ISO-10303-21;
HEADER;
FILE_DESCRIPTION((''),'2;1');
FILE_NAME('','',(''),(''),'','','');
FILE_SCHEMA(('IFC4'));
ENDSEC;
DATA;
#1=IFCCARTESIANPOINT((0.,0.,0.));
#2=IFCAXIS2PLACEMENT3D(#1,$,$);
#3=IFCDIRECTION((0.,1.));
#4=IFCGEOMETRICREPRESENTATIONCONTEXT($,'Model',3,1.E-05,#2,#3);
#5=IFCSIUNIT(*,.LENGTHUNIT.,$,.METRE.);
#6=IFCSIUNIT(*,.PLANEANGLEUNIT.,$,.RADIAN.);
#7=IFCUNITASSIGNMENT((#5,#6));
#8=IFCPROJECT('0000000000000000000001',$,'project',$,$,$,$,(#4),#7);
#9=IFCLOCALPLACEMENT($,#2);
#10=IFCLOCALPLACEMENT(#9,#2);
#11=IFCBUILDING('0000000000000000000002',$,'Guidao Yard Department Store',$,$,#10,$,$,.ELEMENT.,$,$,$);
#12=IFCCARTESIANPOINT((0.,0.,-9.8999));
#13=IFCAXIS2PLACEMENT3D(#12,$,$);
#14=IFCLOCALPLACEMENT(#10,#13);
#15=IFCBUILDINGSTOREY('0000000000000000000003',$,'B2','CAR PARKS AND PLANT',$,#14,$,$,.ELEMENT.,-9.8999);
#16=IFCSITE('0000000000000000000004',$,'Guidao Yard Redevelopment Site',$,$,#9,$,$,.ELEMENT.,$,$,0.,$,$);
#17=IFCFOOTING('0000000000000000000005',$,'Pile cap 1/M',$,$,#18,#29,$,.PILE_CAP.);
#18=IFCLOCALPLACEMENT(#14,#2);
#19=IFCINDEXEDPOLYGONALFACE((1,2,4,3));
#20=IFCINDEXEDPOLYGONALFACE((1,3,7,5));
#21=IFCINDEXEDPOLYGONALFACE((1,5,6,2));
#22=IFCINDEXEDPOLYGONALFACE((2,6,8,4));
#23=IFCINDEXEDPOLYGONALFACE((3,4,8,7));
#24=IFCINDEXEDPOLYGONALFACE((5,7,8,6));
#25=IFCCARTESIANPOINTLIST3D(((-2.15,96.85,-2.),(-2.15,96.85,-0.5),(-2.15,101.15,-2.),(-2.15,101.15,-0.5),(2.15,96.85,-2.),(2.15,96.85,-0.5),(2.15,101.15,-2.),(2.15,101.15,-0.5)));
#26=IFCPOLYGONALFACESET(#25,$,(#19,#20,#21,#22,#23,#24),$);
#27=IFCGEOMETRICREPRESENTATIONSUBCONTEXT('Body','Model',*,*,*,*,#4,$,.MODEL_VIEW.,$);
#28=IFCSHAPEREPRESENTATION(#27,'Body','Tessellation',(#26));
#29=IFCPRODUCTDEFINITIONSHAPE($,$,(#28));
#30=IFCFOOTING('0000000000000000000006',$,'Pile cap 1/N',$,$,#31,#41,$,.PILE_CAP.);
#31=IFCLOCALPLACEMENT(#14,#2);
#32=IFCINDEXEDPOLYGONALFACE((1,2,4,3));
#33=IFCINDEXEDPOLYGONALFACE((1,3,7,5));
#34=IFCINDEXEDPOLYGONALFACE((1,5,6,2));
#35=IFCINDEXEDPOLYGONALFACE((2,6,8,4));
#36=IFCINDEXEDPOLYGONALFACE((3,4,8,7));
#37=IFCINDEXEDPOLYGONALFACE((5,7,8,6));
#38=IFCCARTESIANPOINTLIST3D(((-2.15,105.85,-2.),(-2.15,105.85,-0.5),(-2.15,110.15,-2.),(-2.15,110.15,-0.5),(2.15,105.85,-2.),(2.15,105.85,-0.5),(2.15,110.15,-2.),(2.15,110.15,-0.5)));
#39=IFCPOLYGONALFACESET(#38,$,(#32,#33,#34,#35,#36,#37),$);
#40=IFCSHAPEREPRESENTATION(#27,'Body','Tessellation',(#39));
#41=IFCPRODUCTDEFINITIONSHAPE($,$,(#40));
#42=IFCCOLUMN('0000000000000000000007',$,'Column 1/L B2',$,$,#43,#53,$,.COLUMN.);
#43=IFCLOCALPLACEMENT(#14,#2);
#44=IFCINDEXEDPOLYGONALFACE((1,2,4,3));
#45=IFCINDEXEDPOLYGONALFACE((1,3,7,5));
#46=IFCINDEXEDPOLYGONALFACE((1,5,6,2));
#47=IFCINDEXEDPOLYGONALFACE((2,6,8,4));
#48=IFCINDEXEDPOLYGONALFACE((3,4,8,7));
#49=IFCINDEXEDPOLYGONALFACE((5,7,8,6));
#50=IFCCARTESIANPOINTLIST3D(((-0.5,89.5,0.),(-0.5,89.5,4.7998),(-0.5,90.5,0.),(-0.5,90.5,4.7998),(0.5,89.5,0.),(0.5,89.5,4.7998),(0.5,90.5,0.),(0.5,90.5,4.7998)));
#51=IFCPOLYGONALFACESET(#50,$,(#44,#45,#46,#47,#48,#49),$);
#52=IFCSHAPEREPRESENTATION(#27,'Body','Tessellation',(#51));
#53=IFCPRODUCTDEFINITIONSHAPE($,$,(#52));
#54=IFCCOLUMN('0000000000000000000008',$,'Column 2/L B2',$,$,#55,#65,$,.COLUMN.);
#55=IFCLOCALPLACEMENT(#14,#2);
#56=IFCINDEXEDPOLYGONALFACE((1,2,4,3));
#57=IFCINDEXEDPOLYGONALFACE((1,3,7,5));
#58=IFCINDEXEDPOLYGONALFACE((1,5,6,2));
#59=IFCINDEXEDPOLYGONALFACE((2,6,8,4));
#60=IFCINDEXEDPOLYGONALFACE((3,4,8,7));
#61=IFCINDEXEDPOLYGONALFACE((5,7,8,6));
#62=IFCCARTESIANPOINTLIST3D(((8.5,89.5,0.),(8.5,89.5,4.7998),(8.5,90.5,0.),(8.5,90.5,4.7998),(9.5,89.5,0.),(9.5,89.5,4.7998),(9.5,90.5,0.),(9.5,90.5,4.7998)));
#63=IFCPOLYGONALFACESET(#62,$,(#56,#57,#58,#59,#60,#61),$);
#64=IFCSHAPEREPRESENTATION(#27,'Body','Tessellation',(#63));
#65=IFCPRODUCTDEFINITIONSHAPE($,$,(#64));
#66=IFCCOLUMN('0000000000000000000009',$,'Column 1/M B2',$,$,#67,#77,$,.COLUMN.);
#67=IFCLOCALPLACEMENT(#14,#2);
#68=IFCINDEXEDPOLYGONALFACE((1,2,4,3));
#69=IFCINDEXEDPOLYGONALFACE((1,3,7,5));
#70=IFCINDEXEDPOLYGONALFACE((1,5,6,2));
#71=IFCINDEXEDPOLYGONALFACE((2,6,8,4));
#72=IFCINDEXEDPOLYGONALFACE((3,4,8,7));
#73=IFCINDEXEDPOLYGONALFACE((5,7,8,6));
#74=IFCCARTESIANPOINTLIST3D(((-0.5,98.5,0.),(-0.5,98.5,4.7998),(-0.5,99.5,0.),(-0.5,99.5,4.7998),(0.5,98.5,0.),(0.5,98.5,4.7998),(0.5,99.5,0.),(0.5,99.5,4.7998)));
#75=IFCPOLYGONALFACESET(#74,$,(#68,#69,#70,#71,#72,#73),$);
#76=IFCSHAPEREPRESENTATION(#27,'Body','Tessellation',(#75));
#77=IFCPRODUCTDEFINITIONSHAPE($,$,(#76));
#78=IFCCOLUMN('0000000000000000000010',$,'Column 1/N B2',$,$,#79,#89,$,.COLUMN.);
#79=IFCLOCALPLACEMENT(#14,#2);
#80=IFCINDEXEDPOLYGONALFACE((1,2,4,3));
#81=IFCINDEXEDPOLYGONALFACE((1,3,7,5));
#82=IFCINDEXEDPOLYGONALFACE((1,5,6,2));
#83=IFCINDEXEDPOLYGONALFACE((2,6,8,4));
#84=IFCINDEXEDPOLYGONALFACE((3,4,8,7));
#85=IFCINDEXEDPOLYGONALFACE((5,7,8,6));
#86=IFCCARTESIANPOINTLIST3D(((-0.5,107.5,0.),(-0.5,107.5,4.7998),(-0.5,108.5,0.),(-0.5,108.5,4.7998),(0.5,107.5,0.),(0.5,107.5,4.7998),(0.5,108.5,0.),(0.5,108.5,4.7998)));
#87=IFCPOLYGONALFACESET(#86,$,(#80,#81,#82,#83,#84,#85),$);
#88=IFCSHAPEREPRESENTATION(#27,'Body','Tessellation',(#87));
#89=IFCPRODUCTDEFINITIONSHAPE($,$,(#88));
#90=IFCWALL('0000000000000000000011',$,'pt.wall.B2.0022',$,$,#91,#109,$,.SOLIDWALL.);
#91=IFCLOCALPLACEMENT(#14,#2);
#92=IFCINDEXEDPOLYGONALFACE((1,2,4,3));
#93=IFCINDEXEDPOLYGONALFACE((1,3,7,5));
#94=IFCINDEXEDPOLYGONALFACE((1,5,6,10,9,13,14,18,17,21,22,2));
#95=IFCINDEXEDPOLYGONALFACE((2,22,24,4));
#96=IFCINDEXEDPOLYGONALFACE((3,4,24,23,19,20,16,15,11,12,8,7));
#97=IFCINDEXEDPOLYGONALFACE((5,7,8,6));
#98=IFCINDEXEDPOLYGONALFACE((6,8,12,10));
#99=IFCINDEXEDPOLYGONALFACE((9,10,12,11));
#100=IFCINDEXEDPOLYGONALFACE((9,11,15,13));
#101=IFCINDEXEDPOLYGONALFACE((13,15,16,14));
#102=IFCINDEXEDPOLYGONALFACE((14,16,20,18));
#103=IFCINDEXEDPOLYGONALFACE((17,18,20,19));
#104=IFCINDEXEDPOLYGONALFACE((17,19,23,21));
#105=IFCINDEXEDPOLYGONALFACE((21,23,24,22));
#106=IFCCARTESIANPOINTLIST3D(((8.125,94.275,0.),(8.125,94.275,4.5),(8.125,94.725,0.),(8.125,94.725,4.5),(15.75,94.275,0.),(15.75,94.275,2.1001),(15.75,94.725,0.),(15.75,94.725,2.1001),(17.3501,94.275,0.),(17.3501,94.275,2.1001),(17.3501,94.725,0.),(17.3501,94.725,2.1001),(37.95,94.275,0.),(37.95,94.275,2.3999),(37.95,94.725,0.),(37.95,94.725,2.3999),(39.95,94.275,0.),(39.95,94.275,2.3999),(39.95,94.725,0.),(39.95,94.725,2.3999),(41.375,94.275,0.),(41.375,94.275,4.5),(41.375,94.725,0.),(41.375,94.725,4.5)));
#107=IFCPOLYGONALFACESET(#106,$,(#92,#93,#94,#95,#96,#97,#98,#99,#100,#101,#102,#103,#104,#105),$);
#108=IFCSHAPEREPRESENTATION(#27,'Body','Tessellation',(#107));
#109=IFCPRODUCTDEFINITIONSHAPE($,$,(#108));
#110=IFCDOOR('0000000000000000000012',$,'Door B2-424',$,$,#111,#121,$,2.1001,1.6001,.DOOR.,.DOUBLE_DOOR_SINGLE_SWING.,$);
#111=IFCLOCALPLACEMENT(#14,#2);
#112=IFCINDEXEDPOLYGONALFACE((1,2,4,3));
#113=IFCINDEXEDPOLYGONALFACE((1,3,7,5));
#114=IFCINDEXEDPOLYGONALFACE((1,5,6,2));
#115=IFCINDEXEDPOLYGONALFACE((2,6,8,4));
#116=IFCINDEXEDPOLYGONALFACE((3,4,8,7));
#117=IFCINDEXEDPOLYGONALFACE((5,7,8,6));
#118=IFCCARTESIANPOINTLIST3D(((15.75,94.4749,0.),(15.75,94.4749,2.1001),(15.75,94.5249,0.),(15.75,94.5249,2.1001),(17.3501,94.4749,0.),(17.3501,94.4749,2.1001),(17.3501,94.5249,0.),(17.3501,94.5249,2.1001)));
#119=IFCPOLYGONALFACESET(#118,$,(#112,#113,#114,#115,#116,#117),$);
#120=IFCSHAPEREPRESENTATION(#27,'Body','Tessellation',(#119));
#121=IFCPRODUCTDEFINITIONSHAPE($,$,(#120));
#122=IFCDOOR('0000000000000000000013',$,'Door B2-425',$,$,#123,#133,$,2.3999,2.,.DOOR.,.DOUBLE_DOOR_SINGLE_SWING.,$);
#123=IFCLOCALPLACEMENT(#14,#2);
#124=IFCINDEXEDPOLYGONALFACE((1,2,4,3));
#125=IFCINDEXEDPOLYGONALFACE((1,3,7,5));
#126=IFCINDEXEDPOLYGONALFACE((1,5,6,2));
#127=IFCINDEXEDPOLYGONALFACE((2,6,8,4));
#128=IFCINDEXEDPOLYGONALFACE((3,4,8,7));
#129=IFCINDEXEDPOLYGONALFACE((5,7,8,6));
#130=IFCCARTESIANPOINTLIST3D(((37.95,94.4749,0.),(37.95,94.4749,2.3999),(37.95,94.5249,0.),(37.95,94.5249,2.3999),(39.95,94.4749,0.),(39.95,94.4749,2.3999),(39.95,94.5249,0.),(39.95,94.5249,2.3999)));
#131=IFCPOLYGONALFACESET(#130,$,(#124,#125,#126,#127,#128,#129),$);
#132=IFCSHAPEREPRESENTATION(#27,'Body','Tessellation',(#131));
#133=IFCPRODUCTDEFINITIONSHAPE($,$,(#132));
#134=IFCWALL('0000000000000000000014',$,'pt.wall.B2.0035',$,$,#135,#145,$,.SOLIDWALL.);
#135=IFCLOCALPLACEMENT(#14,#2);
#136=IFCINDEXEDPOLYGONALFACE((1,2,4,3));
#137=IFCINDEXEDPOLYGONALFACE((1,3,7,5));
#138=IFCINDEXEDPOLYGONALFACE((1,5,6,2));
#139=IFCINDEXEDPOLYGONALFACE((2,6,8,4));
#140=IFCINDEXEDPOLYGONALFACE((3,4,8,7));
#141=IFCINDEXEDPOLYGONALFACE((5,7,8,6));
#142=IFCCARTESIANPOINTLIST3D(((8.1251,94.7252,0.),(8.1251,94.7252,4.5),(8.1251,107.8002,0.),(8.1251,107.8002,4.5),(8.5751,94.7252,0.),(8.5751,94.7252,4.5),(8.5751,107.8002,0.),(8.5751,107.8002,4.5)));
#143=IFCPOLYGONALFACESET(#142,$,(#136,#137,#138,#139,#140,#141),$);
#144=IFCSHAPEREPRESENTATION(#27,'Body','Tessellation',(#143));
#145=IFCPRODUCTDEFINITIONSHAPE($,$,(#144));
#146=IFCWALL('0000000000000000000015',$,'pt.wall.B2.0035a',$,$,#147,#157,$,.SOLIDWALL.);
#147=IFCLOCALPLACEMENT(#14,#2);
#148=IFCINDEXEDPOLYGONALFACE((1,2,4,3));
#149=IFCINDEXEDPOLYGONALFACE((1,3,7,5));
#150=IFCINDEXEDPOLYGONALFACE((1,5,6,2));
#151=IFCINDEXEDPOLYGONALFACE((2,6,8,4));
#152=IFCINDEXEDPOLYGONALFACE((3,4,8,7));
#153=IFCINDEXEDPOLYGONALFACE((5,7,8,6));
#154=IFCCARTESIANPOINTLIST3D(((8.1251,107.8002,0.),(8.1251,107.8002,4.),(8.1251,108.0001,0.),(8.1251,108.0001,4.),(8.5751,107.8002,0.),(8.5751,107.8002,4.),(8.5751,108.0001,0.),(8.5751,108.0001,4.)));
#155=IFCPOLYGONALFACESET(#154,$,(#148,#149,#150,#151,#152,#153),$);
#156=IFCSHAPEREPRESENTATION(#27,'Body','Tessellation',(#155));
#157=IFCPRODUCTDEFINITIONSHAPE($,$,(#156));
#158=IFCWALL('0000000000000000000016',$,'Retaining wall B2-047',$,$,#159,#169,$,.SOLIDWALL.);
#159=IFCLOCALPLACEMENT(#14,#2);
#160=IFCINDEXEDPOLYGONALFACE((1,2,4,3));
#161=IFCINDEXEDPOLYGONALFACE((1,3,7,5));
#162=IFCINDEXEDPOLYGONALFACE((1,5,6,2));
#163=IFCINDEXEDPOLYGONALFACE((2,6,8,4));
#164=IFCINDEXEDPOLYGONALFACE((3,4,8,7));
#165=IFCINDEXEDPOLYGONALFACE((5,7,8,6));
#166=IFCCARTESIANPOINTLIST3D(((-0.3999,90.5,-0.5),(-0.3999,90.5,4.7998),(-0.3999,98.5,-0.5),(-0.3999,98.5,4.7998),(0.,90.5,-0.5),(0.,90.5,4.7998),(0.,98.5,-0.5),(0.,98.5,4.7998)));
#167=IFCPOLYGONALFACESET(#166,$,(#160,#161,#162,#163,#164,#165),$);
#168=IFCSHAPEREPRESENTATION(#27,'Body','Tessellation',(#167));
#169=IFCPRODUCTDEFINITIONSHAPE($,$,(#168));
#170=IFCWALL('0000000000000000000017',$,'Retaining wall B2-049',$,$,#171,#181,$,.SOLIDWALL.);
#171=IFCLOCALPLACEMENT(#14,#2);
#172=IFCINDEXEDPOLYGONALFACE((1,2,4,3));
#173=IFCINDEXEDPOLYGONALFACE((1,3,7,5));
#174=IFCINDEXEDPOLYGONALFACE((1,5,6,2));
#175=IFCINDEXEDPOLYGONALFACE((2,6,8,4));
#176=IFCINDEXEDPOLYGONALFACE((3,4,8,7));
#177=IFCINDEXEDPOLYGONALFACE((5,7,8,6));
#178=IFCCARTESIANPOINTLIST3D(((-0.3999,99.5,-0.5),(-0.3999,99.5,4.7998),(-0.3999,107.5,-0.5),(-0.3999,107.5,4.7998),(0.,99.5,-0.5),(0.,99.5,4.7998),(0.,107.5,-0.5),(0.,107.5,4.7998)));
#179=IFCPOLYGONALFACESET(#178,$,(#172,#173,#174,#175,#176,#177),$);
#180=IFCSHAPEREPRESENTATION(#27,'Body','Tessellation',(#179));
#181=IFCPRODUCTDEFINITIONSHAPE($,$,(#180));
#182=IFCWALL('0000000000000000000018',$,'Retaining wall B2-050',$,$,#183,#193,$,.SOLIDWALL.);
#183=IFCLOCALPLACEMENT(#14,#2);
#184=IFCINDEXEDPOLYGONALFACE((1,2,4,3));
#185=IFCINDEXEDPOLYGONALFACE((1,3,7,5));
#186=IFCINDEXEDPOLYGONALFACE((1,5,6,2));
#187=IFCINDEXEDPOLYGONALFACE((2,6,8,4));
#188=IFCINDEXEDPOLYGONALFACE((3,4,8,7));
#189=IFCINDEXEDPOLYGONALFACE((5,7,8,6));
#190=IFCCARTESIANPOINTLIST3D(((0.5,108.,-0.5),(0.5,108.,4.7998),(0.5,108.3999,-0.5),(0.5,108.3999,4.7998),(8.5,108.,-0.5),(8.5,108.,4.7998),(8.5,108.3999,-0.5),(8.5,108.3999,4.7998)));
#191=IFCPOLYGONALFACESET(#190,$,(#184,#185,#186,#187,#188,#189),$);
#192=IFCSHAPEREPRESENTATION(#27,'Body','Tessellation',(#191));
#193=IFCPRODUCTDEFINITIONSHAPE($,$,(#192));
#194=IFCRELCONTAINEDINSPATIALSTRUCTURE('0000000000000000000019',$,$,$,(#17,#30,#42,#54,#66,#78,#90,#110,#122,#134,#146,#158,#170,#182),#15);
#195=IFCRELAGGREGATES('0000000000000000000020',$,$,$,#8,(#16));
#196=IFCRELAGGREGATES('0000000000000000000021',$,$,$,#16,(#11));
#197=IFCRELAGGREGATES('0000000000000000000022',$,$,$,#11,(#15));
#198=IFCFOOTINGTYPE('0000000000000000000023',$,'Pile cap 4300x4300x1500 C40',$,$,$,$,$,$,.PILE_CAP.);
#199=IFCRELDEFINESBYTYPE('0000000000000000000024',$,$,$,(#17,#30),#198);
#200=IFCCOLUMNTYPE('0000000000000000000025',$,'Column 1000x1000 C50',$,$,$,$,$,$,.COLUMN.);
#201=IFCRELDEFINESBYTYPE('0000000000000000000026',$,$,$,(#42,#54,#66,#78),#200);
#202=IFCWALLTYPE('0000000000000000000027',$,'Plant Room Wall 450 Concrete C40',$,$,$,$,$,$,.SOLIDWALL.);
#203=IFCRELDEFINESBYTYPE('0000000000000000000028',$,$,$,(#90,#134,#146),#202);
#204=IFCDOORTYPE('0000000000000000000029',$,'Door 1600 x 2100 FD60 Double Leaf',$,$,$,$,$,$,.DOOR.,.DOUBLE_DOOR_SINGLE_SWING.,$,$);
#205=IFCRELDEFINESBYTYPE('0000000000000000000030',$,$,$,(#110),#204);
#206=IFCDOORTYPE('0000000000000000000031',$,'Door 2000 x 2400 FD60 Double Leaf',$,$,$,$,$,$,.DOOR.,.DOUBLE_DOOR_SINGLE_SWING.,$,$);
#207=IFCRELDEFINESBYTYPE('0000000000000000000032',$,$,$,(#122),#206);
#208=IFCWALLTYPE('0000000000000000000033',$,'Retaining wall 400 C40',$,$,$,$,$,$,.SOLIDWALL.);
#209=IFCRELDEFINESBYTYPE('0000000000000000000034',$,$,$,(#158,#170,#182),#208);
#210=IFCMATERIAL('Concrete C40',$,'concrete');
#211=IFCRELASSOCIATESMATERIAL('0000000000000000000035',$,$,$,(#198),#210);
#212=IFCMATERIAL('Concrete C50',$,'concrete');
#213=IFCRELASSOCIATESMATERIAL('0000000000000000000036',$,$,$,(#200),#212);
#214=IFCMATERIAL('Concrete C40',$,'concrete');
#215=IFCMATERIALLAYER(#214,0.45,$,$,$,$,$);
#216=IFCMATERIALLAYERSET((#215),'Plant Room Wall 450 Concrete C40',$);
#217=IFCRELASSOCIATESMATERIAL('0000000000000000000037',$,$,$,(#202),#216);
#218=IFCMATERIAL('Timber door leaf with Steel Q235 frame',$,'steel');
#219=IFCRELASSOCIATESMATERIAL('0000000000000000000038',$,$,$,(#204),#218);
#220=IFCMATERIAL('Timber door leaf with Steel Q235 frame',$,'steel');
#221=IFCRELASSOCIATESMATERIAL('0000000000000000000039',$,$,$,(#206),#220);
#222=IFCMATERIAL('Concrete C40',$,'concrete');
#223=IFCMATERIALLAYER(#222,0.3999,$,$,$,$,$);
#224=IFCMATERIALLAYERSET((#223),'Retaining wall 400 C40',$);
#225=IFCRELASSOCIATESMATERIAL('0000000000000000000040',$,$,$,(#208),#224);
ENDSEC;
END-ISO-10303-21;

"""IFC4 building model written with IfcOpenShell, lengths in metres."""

from ifc_helpers import new_model, si_unit, direction, frame, frame_2d, origin, origin_2d, place, context, subcontext, project, spatial, rectangle, extrude, material, layer, layer_set, material_profile, profile_set, type_object, element, fill, save


model = new_model("IFC4")

# Units and contexts
model_context = context("Model", 3, precision=1e-05, world=origin(), true_north=direction((0.0, 1.0)))
body_context = subcontext(model_context, "Body", "Model", "MODEL_VIEW")
ifc_project = project(units=[si_unit("LENGTHUNIT", "METRE"), si_unit("PLANEANGLEUNIT", "RADIAN")], contexts=[model_context])

# Site, building, storey
site_placement = place(None, origin())
site = spatial("IfcSite", under=ifc_project, at=site_placement, Name="Guidao Yard Redevelopment Site", CompositionType="ELEMENT", RefElevation=0.0)
building_placement = place(site_placement, origin())
building = spatial("IfcBuilding", under=site, at=building_placement, Name="Guidao Yard Department Store", CompositionType="ELEMENT")
storey_placement = place(building_placement, frame((0.0, 0.0, -9.8999)))
storey = spatial("IfcBuildingStorey", under=building, at=storey_placement, Name="B2", Description="CAR PARKS AND PLANT", CompositionType="ELEMENT", Elevation=-9.8999)

# Footings
ifc_material_1 = material(Name="Concrete C40", Category="concrete")
footing_type = type_object("IfcFootingType", Name="Pile cap 4300x4300x1500 C40", PredefinedType="PILE_CAP", material=ifc_material_1)
for number, where, z_axis, x_axis, name in (
    (1, (0.0, 99.0, -2.0), (0.0, 0.0, 1.0), (1.0, 0.0, 0.0), "Pile cap 1/M"),
    (2, (0.0, 108.0, -2.0), (0.0, 0.0, 1.0), (1.0, 0.0, 0.0), "Pile cap 1/N"),
):
    element("IfcFooting", number, at=place(storey_placement, frame(where, z_axis=z_axis, x_axis=x_axis)), inside=storey, type_object=footing_type, Name=name, PredefinedType="PILE_CAP", context=body_context, shape_type="SweptSolid", body=[
        extrude(rectangle(XDim=4.3, YDim=4.3, at=origin_2d()), origin(), (0.0, 0.0, 1.0), 1.5),
    ])

# Columns
ifc_material_2 = material(Name="Concrete C50", Category="concrete")
ifc_material_profile_1 = material_profile(ifc_material_2, rectangle(XDim=1.0, YDim=1.0, at=origin_2d()), Name="COL 1000x1000")
ifc_profile_set_1 = profile_set([ifc_material_profile_1], Name="Concrete C50")
column_type = type_object("IfcColumnType", Name="Column 1000x1000 C50", PredefinedType="COLUMN", material=ifc_profile_set_1)
for number, where, z_axis, x_axis, name in (
    (3, (0.0, 90.0, 0.0), (0.0, 0.0, 1.0), (1.0, 0.0, 0.0), "Column 1/L B2"),
    (4, (9.0, 90.0, 0.0), (0.0, 0.0, 1.0), (1.0, 0.0, 0.0), "Column 2/L B2"),
    (5, (0.0, 99.0, 0.0), (0.0, 0.0, 1.0), (1.0, 0.0, 0.0), "Column 1/M B2"),
    (6, (0.0, 108.0, 0.0), (0.0, 0.0, 1.0), (1.0, 0.0, 0.0), "Column 1/N B2"),
):
    element("IfcColumn", number, at=place(storey_placement, frame(where, z_axis=z_axis, x_axis=x_axis)), inside=storey, type_object=column_type, Name=name, PredefinedType="COLUMN", context=body_context, shape_type="SweptSolid", body=[
        extrude(rectangle(XDim=1.0, YDim=1.0, at=origin_2d()), origin(), (0.0, 0.0, 1.0), 4.7998),
    ])

# Wall, openings, doors
ifc_material_3 = material(Name="Concrete C40", Category="concrete")
ifc_layer_1 = layer(ifc_material_3, 0.45)
ifc_layer_set_1 = layer_set([ifc_layer_1], Name="Plant Room Wall 450 Concrete C40")
wall_type_1 = type_object("IfcWallType", Name="Plant Room Wall 450 Concrete C40", PredefinedType="SOLIDWALL", material=ifc_layer_set_1)
wall_1_placement = place(storey_placement, frame((8.125, 94.5, 0.0), z_axis=(0.0, 0.0, 1.0), x_axis=(1.0, 0.0, 0.0)))
wall_1 = element("IfcWall", 7, at=wall_1_placement, inside=storey, type_object=wall_type_1, Name="pt.wall.B2.0022", PredefinedType="SOLIDWALL", context=body_context, shape_type="SweptSolid", body=[
    extrude(rectangle(XDim=33.25, YDim=0.45, at=frame_2d((16.625, 0.0))), origin(), (0.0, 0.0, 1.0), 4.5),
])
opening_1_placement = place(wall_1_placement, frame((7.625, 0.0, 0.0)))
opening_1 = element("IfcOpeningElement", 8, at=opening_1_placement, cuts=wall_1, PredefinedType="OPENING", context=body_context, shape_type="SweptSolid", body=[
    extrude(rectangle(XDim=1.6001, YDim=2.1001, at=frame_2d((0.8, 1.05))), frame((0.0, 0.2349, 0.0), z_axis=(0.0, -1.0, 0.0), x_axis=(1.0, 0.0, 0.0)), (0.0, 0.0, 1.0), 0.47),
])
opening_2_placement = place(wall_1_placement, frame((29.825, 0.0, 0.0)))
opening_2 = element("IfcOpeningElement", 9, at=opening_2_placement, cuts=wall_1, PredefinedType="OPENING", context=body_context, shape_type="SweptSolid", body=[
    extrude(rectangle(XDim=2.0, YDim=2.3999, at=frame_2d((1.0, 1.2))), frame((0.0, 0.2349, 0.0), z_axis=(0.0, -1.0, 0.0), x_axis=(1.0, 0.0, 0.0)), (0.0, 0.0, 1.0), 0.47),
])
ifc_material_4 = material(Name="Timber door leaf with Steel Q235 frame", Category="steel")
door_type_1 = type_object("IfcDoorType", Name="Door 1600 x 2100 FD60 Double Leaf", OperationType="DOUBLE_DOOR_SINGLE_SWING", PredefinedType="DOOR", material=ifc_material_4)
door_1_placement = place(opening_1_placement, origin())
door_1 = element("IfcDoor", 10, at=door_1_placement, inside=storey, type_object=door_type_1, Name="Door B2-424", OperationType="DOUBLE_DOOR_SINGLE_SWING", OverallHeight=2.1001, OverallWidth=1.6001, PredefinedType="DOOR", context=body_context, shape_type="SweptSolid", body=[
    extrude(rectangle(XDim=1.6001, YDim=2.1001, at=frame_2d((0.8, 1.05))), frame((0.0, 0.0249, 0.0), z_axis=(0.0, -1.0, 0.0), x_axis=(1.0, 0.0, 0.0)), (0.0, 0.0, 1.0), 0.05),
])
fill(opening_1, door_1)
ifc_material_5 = material(Name="Timber door leaf with Steel Q235 frame", Category="steel")
door_type_2 = type_object("IfcDoorType", Name="Door 2000 x 2400 FD60 Double Leaf", OperationType="DOUBLE_DOOR_SINGLE_SWING", PredefinedType="DOOR", material=ifc_material_5)
door_2_placement = place(opening_2_placement, origin())
door_2 = element("IfcDoor", 11, at=door_2_placement, inside=storey, type_object=door_type_2, Name="Door B2-425", OperationType="DOUBLE_DOOR_SINGLE_SWING", OverallHeight=2.3999, OverallWidth=2.0, PredefinedType="DOOR", context=body_context, shape_type="SweptSolid", body=[
    extrude(rectangle(XDim=2.0, YDim=2.3999, at=frame_2d((1.0, 1.2))), frame((0.0, 0.0249, 0.0), z_axis=(0.0, -1.0, 0.0), x_axis=(1.0, 0.0, 0.0)), (0.0, 0.0, 1.0), 0.05),
])
fill(opening_2, door_2)

# Walls
wall_2_placement = place(storey_placement, frame((8.3501, 94.7251, 0.0), z_axis=(0.0, 0.0, 1.0), x_axis=(0.0, 1.0, 0.0)))
element("IfcWall", 12, at=wall_2_placement, inside=storey, type_object=wall_type_1, Name="pt.wall.B2.0035", PredefinedType="SOLIDWALL", context=body_context, shape_type="SweptSolid", body=[
    extrude(rectangle(XDim=13.075, YDim=0.45, at=frame_2d((6.5376, 0.0))), origin(), (0.0, 0.0, 1.0), 4.5),
])
wall_3_placement = place(storey_placement, frame((8.3501, 107.8, 0.0), z_axis=(0.0, 0.0, 1.0), x_axis=(0.0, 1.0, 0.0)))
element("IfcWall", 13, at=wall_3_placement, inside=storey, type_object=wall_type_1, Name="pt.wall.B2.0035a", PredefinedType="SOLIDWALL", context=body_context, shape_type="SweptSolid", body=[
    extrude(rectangle(XDim=0.2, YDim=0.45, at=frame_2d((0.1001, 0.0))), origin(), (0.0, 0.0, 1.0), 4.0),
])
ifc_material_6 = material(Name="Concrete C40", Category="concrete")
ifc_layer_2 = layer(ifc_material_6, 0.3999)
ifc_layer_set_2 = layer_set([ifc_layer_2], Name="Retaining wall 400 C40")
wall_type_2 = type_object("IfcWallType", Name="Retaining wall 400 C40", PredefinedType="SOLIDWALL", material=ifc_layer_set_2)
for number, where, z_axis, x_axis, name in (
    (14, (-0.2, 90.5, -0.5), (0.0, 0.0, 1.0), (0.0, 1.0, 0.0), "Retaining wall B2-047"),
    (15, (-0.2, 99.5, -0.5), (0.0, 0.0, 1.0), (0.0, 1.0, 0.0), "Retaining wall B2-049"),
    (16, (0.5, 108.2, -0.5), (0.0, 0.0, 1.0), (1.0, 0.0, 0.0), "Retaining wall B2-050"),
):
    element("IfcWall", number, at=place(storey_placement, frame(where, z_axis=z_axis, x_axis=x_axis)), inside=storey, type_object=wall_type_2, Name=name, PredefinedType="SOLIDWALL", context=body_context, shape_type="SweptSolid", body=[
        extrude(rectangle(XDim=8.0, YDim=0.3999, at=frame_2d((4.0, 0.0))), origin(), (0.0, 0.0, 1.0), 5.2998),
    ])

save(model, "model.ifc")
